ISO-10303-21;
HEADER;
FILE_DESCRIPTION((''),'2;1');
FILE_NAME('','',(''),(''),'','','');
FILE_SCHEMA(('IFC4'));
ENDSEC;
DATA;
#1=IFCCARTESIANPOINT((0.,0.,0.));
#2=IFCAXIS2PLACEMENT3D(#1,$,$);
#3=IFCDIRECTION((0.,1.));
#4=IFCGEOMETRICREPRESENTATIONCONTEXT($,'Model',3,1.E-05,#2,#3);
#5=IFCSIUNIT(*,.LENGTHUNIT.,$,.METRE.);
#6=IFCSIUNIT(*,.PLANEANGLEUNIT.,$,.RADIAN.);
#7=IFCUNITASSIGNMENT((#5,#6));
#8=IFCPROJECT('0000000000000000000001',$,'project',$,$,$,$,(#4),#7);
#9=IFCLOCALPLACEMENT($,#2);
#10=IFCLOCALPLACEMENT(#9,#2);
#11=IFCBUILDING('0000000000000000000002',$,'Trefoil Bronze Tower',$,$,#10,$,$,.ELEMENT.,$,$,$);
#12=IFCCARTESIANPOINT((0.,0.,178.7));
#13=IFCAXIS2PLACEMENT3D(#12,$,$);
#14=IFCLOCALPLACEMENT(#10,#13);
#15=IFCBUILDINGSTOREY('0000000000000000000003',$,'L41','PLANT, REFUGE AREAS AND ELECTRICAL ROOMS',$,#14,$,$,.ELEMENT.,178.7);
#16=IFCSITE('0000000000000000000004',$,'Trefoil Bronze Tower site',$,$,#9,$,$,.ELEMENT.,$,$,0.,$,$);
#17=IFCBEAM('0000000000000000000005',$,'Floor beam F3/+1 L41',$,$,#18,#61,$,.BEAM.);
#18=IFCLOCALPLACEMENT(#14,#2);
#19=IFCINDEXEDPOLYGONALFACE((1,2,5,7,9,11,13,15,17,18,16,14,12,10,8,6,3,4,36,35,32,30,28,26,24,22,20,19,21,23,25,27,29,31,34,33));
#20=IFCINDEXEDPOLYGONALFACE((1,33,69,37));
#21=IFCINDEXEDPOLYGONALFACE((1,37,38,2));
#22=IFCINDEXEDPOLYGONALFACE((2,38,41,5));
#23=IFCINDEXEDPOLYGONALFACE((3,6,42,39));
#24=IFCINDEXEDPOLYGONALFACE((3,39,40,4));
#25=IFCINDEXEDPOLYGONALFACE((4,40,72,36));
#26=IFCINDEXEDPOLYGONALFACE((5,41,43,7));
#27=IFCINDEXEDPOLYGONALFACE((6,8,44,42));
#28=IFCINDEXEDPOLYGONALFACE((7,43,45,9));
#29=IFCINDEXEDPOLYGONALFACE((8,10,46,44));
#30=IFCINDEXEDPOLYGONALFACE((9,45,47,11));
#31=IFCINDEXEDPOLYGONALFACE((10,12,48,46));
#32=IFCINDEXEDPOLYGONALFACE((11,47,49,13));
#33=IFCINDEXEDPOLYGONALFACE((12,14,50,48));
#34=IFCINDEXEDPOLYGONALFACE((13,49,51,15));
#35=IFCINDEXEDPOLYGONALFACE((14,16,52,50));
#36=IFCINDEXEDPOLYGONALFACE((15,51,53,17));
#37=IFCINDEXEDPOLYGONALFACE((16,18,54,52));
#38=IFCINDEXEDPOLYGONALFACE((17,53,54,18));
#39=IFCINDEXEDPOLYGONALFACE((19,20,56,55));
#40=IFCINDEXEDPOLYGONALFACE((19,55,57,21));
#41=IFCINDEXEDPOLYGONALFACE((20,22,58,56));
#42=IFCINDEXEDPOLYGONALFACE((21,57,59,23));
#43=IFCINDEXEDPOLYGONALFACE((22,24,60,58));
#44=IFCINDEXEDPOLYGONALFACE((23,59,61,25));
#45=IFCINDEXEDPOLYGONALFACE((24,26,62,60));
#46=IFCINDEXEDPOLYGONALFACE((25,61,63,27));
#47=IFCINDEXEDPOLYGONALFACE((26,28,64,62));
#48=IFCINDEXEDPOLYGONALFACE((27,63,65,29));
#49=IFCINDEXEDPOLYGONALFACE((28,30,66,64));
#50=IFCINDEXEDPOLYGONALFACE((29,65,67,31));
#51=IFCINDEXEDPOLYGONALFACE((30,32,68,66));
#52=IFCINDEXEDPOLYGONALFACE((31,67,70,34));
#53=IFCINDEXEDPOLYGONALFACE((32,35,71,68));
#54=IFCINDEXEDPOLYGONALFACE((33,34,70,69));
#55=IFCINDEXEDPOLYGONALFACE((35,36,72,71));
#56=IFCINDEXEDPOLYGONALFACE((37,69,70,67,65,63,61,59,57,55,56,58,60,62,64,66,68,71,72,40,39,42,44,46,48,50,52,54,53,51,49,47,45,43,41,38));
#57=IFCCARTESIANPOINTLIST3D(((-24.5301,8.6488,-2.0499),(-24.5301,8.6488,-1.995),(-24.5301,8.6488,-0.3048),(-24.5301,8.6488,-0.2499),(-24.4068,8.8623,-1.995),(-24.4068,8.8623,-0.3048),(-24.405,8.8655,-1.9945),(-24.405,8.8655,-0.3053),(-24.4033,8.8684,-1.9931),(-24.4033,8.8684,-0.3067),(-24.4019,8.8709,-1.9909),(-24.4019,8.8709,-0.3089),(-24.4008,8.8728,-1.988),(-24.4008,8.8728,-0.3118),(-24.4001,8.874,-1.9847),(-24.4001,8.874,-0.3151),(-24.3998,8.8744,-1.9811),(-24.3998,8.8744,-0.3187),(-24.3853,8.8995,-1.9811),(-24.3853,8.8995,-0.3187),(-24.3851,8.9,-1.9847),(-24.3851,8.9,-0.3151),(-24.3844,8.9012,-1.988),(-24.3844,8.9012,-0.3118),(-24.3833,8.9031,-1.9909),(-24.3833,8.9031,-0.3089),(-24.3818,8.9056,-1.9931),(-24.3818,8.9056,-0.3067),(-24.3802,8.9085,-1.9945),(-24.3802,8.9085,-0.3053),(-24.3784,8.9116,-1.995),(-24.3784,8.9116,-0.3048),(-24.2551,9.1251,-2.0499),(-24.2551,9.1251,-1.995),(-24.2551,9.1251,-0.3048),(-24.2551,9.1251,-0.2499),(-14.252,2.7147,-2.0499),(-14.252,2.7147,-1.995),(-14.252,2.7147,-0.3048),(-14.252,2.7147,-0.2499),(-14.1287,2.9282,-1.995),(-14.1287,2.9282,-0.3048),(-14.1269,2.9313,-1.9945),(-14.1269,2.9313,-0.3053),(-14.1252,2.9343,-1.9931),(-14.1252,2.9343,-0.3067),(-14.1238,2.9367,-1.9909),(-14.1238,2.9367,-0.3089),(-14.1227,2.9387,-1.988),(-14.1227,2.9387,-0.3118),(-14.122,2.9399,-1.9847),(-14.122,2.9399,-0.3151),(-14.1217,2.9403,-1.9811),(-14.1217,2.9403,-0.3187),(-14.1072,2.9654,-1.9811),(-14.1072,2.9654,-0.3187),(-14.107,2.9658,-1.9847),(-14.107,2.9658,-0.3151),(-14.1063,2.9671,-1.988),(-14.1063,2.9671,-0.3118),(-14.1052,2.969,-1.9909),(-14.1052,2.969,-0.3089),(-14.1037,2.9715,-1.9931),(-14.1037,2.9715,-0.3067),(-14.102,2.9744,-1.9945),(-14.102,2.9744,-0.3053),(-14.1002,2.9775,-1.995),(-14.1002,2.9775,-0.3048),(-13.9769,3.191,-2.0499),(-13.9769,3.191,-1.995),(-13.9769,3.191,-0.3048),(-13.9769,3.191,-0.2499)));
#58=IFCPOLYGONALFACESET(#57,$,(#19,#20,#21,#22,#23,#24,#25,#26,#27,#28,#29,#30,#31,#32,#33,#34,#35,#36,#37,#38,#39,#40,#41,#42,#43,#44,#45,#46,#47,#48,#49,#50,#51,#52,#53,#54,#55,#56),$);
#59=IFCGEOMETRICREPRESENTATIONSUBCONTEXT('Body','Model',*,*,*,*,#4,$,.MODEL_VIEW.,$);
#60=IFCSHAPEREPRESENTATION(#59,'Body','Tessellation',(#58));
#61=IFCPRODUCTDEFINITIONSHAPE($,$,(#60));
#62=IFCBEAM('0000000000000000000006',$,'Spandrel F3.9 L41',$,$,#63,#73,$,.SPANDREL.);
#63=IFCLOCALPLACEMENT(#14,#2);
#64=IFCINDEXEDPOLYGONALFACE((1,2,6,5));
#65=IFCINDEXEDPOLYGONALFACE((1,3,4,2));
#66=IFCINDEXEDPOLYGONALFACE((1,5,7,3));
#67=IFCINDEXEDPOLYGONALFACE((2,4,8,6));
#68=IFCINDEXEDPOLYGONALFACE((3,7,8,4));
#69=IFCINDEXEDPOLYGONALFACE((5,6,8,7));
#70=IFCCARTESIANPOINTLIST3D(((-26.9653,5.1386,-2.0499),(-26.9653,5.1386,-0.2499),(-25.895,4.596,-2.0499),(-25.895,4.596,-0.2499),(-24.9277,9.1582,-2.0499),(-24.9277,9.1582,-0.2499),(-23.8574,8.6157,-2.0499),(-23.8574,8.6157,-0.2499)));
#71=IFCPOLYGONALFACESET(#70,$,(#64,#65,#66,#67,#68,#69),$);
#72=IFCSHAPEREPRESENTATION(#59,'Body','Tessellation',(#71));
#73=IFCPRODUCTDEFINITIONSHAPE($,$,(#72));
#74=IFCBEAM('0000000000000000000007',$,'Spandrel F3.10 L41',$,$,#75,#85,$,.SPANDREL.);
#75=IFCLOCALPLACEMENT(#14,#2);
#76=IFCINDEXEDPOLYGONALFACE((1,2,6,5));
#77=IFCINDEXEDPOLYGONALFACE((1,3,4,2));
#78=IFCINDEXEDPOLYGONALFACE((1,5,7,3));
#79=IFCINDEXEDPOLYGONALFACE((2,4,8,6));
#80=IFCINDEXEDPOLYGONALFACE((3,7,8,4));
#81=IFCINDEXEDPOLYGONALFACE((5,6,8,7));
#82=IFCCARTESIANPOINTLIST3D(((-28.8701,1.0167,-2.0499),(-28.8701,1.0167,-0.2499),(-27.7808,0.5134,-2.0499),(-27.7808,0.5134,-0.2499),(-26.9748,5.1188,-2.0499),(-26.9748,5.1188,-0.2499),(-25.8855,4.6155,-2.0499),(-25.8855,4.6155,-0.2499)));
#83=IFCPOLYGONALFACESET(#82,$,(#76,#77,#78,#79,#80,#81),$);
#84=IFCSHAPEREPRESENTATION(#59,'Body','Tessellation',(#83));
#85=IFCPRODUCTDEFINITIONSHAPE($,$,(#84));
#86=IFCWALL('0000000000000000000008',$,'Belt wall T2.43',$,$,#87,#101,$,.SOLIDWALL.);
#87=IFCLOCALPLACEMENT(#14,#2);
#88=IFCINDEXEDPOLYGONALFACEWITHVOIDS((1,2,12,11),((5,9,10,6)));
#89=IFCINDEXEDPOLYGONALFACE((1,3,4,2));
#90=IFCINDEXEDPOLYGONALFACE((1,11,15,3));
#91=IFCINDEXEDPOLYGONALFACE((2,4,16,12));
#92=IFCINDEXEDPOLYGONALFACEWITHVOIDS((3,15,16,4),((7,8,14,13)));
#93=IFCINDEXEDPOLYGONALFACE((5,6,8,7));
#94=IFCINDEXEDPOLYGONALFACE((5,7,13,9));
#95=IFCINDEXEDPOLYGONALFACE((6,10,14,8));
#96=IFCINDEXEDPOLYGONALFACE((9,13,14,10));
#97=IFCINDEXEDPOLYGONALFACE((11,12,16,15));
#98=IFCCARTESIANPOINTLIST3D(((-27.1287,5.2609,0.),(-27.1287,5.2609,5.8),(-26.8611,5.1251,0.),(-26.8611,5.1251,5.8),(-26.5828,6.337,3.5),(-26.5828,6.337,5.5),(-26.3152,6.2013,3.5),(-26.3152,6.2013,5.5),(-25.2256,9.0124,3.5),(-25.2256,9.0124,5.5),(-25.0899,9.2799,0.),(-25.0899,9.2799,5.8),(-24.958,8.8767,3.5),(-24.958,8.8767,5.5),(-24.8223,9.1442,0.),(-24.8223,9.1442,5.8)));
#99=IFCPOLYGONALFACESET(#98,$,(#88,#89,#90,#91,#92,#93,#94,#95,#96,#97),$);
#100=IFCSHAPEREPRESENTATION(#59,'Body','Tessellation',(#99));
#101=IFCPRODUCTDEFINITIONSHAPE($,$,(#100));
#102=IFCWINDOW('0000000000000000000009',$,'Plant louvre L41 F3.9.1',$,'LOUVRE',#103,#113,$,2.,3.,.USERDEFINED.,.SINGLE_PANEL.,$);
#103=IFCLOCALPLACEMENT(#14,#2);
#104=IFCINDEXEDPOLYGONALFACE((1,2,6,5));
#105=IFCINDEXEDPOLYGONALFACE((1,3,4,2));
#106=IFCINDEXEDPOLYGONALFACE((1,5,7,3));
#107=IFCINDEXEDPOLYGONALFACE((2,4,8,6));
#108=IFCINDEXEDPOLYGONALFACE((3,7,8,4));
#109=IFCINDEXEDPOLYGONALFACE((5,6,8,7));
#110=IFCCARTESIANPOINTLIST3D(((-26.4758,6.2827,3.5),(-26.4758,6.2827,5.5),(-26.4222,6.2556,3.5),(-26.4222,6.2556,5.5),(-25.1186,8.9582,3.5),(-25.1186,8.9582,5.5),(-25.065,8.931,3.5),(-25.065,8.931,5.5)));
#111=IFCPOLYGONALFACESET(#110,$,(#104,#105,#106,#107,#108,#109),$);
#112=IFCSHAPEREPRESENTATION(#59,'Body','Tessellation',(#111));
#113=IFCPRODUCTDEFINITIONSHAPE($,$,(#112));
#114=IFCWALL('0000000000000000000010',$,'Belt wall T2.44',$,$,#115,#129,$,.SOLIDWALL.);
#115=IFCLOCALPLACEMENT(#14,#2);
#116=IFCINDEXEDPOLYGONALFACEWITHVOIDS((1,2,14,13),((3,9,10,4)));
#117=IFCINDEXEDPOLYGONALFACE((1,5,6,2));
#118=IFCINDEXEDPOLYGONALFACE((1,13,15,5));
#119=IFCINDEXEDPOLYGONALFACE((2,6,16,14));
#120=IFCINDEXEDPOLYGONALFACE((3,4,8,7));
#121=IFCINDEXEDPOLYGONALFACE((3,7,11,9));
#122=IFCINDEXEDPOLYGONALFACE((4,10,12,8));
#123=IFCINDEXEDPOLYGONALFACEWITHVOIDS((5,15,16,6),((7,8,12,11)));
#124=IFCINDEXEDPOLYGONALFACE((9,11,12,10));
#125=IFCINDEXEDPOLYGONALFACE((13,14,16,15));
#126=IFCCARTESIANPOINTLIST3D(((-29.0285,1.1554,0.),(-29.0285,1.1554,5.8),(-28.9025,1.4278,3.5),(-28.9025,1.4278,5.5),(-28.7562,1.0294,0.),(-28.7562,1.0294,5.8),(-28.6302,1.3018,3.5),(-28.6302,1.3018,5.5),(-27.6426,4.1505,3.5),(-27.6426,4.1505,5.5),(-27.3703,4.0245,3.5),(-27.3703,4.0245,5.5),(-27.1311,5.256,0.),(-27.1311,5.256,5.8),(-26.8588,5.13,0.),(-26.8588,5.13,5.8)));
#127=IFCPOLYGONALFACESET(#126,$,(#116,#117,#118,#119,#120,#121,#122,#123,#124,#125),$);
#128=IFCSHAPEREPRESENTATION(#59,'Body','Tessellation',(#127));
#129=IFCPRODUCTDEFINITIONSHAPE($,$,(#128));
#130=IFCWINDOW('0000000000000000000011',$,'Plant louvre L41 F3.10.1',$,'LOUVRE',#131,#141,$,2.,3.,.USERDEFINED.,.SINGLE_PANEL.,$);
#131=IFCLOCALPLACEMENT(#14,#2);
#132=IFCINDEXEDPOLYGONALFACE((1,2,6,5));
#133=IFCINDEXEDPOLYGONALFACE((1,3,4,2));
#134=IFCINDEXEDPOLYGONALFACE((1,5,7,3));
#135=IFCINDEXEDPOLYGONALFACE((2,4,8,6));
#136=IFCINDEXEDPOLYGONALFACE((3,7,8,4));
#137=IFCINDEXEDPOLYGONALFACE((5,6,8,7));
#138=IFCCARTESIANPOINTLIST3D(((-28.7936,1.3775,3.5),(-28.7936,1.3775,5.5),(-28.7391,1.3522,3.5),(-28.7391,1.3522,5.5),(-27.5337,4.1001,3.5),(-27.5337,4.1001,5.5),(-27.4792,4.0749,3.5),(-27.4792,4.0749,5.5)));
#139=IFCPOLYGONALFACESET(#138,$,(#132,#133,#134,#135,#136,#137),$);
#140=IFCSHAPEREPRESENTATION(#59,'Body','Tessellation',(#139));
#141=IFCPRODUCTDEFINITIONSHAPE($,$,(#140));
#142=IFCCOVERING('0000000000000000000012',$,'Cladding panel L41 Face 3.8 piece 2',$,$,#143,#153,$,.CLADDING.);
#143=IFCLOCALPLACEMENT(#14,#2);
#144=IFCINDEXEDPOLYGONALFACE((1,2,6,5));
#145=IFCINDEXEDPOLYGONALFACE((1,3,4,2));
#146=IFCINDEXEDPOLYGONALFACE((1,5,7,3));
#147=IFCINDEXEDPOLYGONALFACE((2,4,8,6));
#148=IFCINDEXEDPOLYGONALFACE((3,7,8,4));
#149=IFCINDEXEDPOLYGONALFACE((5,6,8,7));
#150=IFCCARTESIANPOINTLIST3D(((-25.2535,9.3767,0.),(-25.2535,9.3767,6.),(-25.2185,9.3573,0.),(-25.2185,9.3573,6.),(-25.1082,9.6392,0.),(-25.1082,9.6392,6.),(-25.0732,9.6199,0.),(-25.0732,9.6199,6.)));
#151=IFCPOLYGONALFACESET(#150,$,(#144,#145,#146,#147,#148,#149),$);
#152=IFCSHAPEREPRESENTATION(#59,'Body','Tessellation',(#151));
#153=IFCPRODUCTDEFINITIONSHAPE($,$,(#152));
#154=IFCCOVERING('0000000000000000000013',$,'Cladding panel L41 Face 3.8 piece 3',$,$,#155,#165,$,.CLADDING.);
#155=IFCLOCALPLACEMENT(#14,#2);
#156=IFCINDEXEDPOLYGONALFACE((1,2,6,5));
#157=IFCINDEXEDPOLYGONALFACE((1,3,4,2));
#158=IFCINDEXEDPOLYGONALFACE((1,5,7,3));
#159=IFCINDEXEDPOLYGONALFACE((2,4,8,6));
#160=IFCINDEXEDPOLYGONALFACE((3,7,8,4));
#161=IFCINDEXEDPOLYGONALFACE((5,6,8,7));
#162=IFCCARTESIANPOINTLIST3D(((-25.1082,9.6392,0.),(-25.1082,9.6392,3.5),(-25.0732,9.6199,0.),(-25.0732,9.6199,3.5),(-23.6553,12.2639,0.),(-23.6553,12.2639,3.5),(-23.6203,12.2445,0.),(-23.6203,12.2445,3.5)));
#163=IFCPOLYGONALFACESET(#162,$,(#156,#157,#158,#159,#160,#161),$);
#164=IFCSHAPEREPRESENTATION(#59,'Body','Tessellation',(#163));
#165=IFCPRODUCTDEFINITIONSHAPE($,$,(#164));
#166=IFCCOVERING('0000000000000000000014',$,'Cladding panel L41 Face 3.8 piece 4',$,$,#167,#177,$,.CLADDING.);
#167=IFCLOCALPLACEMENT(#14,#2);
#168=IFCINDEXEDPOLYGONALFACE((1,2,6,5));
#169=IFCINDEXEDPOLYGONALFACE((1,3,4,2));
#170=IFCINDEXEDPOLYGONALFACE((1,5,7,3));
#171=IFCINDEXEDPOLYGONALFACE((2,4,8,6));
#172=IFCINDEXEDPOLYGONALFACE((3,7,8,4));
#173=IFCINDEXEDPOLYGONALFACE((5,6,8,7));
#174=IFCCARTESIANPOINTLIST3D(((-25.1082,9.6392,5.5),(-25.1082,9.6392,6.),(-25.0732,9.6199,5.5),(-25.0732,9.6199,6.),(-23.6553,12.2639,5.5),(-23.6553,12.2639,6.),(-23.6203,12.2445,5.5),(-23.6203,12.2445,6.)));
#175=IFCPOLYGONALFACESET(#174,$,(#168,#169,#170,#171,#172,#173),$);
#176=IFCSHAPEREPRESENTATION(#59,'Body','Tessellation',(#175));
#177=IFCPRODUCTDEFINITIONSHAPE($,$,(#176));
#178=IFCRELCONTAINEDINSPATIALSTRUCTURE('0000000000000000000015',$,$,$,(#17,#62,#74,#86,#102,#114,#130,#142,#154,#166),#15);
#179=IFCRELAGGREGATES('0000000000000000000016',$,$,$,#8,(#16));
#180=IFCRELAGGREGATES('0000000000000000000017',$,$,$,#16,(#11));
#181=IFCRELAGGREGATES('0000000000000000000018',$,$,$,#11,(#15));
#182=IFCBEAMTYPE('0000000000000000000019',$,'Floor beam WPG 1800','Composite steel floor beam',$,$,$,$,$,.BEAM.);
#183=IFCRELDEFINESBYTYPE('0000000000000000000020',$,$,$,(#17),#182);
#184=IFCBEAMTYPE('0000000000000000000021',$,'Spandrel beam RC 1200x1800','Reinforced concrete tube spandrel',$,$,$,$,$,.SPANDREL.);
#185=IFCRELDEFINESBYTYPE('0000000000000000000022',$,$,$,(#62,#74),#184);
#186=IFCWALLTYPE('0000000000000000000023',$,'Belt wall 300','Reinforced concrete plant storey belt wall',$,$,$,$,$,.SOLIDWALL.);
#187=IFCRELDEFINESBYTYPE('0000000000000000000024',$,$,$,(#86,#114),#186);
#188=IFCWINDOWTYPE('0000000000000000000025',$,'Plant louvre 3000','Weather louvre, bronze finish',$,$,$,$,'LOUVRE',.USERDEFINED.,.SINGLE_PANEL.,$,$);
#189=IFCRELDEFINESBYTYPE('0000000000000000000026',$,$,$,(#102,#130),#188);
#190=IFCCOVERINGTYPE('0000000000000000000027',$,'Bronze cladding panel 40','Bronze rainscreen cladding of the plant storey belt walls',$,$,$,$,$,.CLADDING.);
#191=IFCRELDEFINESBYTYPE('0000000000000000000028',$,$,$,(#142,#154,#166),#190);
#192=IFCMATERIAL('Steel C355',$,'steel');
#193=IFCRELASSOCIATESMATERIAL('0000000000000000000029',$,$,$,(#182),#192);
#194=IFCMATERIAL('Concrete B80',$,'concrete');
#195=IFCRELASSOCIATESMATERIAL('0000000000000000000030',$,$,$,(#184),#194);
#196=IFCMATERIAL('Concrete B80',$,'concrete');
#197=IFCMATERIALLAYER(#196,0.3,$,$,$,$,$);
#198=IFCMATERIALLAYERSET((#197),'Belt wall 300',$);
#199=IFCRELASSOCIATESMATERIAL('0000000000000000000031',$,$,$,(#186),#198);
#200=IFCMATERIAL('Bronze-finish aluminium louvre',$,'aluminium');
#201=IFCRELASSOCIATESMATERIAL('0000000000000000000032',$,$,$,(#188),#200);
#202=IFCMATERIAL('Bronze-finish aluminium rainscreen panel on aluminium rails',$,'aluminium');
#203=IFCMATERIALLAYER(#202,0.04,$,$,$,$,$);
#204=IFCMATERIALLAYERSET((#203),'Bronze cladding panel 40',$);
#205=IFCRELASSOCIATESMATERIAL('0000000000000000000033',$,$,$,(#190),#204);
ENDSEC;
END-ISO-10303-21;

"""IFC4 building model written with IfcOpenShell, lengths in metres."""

from ifc_helpers import new_model, si_unit, direction, frame, frame_2d, origin, origin_2d, place, context, subcontext, project, spatial, rectangle, i_section, extrude, material, layer, layer_set, material_profile, profile_set, type_object, element, fill, save


model = new_model("IFC4")

# Units and contexts
model_context = context("Model", 3, precision=1e-05, world=origin(), true_north=direction((0.0, 1.0)))
body_context = subcontext(model_context, "Body", "Model", "MODEL_VIEW")
ifc_project = project(units=[si_unit("LENGTHUNIT", "METRE"), si_unit("PLANEANGLEUNIT", "RADIAN")], contexts=[model_context])

# Site, building, storey
site_placement = place(None, origin())
site = spatial("IfcSite", under=ifc_project, at=site_placement, Name="Trefoil Bronze Tower site", CompositionType="ELEMENT", RefElevation=0.0)
building_placement = place(site_placement, origin())
building = spatial("IfcBuilding", under=site, at=building_placement, Name="Trefoil Bronze Tower", CompositionType="ELEMENT")
storey_placement = place(building_placement, frame((0.0, 0.0, 178.7)))
storey = spatial("IfcBuildingStorey", under=building, at=storey_placement, Name="L41", Description="PLANT, REFUGE AREAS AND ELECTRICAL ROOMS", CompositionType="ELEMENT", Elevation=178.7)

# Beams
ifc_material_1 = material(Name="Steel C355", Category="steel")
ifc_material_profile_1 = material_profile(ifc_material_1, i_section(OverallWidth=0.55, OverallDepth=1.8, WebThickness=0.0291, FlangeThickness=0.0549, FilletRadius=0.0139, at=origin_2d()), Name="WPG 1800")
ifc_profile_set_1 = profile_set([ifc_material_profile_1], Name="Steel C355")
beam_type_1 = type_object("IfcBeamType", Name="Floor beam WPG 1800", Description="Composite steel floor beam", PredefinedType="BEAM", material=ifc_profile_set_1)
beam_1_placement = place(storey_placement, frame((-24.3926, 8.887, -1.1499), z_axis=(0.866024, -0.500002, 0.0), x_axis=(0.500002, 0.866024, 0.0)))
element("IfcBeam", 1, at=beam_1_placement, inside=storey, type_object=beam_type_1, Name="Floor beam F3/+1 L41", PredefinedType="BEAM", context=body_context, shape_type="SweptSolid", body=[
    extrude(i_section(OverallWidth=0.55, OverallDepth=1.8, WebThickness=0.0291, FlangeThickness=0.0549, FilletRadius=0.0139, at=origin_2d()), origin(), (0.0, 0.0, 1.0), 11.8682),
])
ifc_material_2 = material(Name="Concrete B80", Category="concrete")
ifc_material_profile_2 = material_profile(ifc_material_2, rectangle(XDim=1.2, YDim=1.8, at=origin_2d()), Name="RC 1200x1800")
ifc_profile_set_2 = profile_set([ifc_material_profile_2], Name="Concrete B80")
beam_type_2 = type_object("IfcBeamType", Name="Spandrel beam RC 1200x1800", Description="Reinforced concrete tube spandrel", PredefinedType="SPANDREL", material=ifc_profile_set_2)
beam_2_placement = place(storey_placement, frame((-24.3926, 8.887, -1.1499), z_axis=(-0.452126, -0.891954, 0.0), x_axis=(0.891954, -0.452126, 0.0)))
element("IfcBeam", 2, at=beam_2_placement, inside=storey, type_object=beam_type_2, Name="Spandrel F3.9 L41", PredefinedType="SPANDREL", context=body_context, shape_type="SweptSolid", body=[
    extrude(rectangle(XDim=1.2, YDim=1.8, at=origin_2d()), origin(), (0.0, 0.0, 1.0), 4.5066),
])
beam_3_placement = place(storey_placement, frame((-26.4302, 4.8672, -1.1499), z_axis=(-0.419425, -0.90779, 0.0), x_axis=(0.90779, -0.419425, 0.0)))
element("IfcBeam", 3, at=beam_3_placement, inside=storey, type_object=beam_type_2, Name="Spandrel F3.10 L41", PredefinedType="SPANDREL", context=body_context, shape_type="SweptSolid", body=[
    extrude(rectangle(XDim=1.2, YDim=1.8, at=origin_2d()), origin(), (0.0, 0.0, 1.0), 4.5188),
])

# Walls, openings, windows
ifc_material_3 = material(Name="Concrete B80", Category="concrete")
ifc_layer_1 = layer(ifc_material_3, 0.3)
ifc_layer_set_1 = layer_set([ifc_layer_1], Name="Belt wall 300")
wall_type = type_object("IfcWallType", Name="Belt wall 300", Description="Reinforced concrete plant storey belt wall", PredefinedType="SOLIDWALL", material=ifc_layer_set_1)
wall_1_placement = place(storey_placement, frame((-24.9561, 9.2122, 0.0), z_axis=(0.0, 0.0, 1.0), x_axis=(-0.452407, -0.891812, 0.0)))
wall_1 = element("IfcWall", 4, at=wall_1_placement, inside=storey, type_object=wall_type, Name="Belt wall T2.43", PredefinedType="SOLIDWALL", context=body_context, shape_type="SweptSolid", body=[
    extrude(rectangle(XDim=4.5066, YDim=0.3, at=frame_2d((2.2534, 0.0))), origin(), (0.0, 0.0, 1.0), 5.8),
])
opening_1_placement = place(wall_1_placement, frame((0.3, 0.0, 3.5)))
opening_1 = element("IfcOpeningElement", 5, at=opening_1_placement, cuts=wall_1, PredefinedType="OPENING", context=body_context, shape_type="SweptSolid", body=[
    extrude(rectangle(XDim=3.0, YDim=2.0, at=frame_2d((1.5, 1.0))), frame((0.0, 0.1599, 0.0), z_axis=(0.0, -1.0, 0.0), x_axis=(1.0, 0.0, 0.0)), (0.0, 0.0, 1.0), 0.3201),
])
ifc_material_4 = material(Name="Bronze-finish aluminium louvre", Category="aluminium")
window_type = type_object("IfcWindowType", Name="Plant louvre 3000", Description="Weather louvre, bronze finish", ElementType="LOUVRE", PartitioningType="SINGLE_PANEL", PredefinedType="USERDEFINED", material=ifc_material_4)
window_1_placement = place(opening_1_placement, origin())
window_1 = element("IfcWindow", 6, at=window_1_placement, inside=storey, type_object=window_type, Name="Plant louvre L41 F3.9.1", ObjectType="LOUVRE", OverallHeight=2.0, OverallWidth=3.0, PartitioningType="SINGLE_PANEL", PredefinedType="USERDEFINED", context=body_context, shape_type="SweptSolid", body=[
    extrude(rectangle(XDim=3.0, YDim=2.0, at=frame_2d((1.5, 1.0))), frame((0.0, 0.03, 0.0), z_axis=(0.0, -1.0, 0.0), x_axis=(1.0, 0.0, 0.0)), (0.0, 0.0, 1.0), 0.0601),
])
fill(opening_1, window_1)
wall_2_placement = place(storey_placement, frame((-26.9949, 5.1931, 0.0), z_axis=(0.0, 0.0, 1.0), x_axis=(-0.419949, -0.907548, 0.0)))
wall_2 = element("IfcWall", 7, at=wall_2_placement, inside=storey, type_object=wall_type, Name="Belt wall T2.44", PredefinedType="SOLIDWALL", context=body_context, shape_type="SweptSolid", body=[
    extrude(rectangle(XDim=4.5183, YDim=0.3, at=frame_2d((2.2593, 0.0))), origin(), (0.0, 0.0, 1.0), 5.8),
])
opening_2_placement = place(wall_2_placement, frame((1.2183, 0.0, 3.5)))
opening_2 = element("IfcOpeningElement", 8, at=opening_2_placement, cuts=wall_2, PredefinedType="OPENING", context=body_context, shape_type="SweptSolid", body=[
    extrude(rectangle(XDim=3.0, YDim=2.0, at=frame_2d((1.5, 1.0))), frame((0.0, 0.1599, 0.0), z_axis=(0.0, -1.0, 0.0), x_axis=(1.0, 0.0, 0.0)), (0.0, 0.0, 1.0), 0.3201),
])
window_2_placement = place(opening_2_placement, origin())
window_2 = element("IfcWindow", 9, at=window_2_placement, inside=storey, type_object=window_type, Name="Plant louvre L41 F3.10.1", ObjectType="LOUVRE", OverallHeight=2.0, OverallWidth=3.0, PartitioningType="SINGLE_PANEL", PredefinedType="USERDEFINED", context=body_context, shape_type="SweptSolid", body=[
    extrude(rectangle(XDim=3.0, YDim=2.0, at=frame_2d((1.5, 1.0))), frame((0.0, 0.03, 0.0), z_axis=(0.0, -1.0, 0.0), x_axis=(1.0, 0.0, 0.0)), (0.0, 0.0, 1.0), 0.0601),
])
fill(opening_2, window_2)

# Coverings
ifc_material_5 = material(Name="Bronze-finish aluminium rainscreen panel on aluminium rails", Category="aluminium")
ifc_layer_2 = layer(ifc_material_5, 0.04)
ifc_layer_set_2 = layer_set([ifc_layer_2], Name="Bronze cladding panel 40")
covering_type_1 = type_object("IfcCoveringType", Name="Bronze cladding panel 40", Description="Bronze rainscreen cladding of the plant storey belt walls", PredefinedType="CLADDING", material=ifc_layer_set_2)
covering_1_placement = place(storey_placement, frame((-25.1633, 9.4983, 0.0), z_axis=(0.0, 0.0, 1.0), x_axis=(-0.484312, -0.874895, 0.0)))
element("IfcCovering", 10, at=covering_1_placement, inside=storey, type_object=covering_type_1, Name="Cladding panel L41 Face 3.8 piece 2", PredefinedType="CLADDING", context=body_context, shape_type="SweptSolid", body=[
    extrude(rectangle(XDim=0.3, YDim=0.04, at=origin_2d()), origin(), (0.0, 0.0, 1.0), 6.0),
])
covering_2_placement = place(storey_placement, frame((-24.3643, 10.9419, 0.0), z_axis=(0.0, 0.0, 1.0), x_axis=(-0.484312, -0.874895, 0.0)))
element("IfcCovering", 11, at=covering_2_placement, inside=storey, type_object=covering_type_1, Name="Cladding panel L41 Face 3.8 piece 3", PredefinedType="CLADDING", context=body_context, shape_type="SweptSolid", body=[
    extrude(rectangle(XDim=3.0, YDim=0.04, at=origin_2d()), origin(), (0.0, 0.0, 1.0), 3.5),
])
covering_3_placement = place(storey_placement, frame((-24.3643, 10.9419, 5.5), z_axis=(0.0, 0.0, 1.0), x_axis=(-0.484312, -0.874895, 0.0)))
element("IfcCovering", 12, at=covering_3_placement, inside=storey, type_object=covering_type_1, Name="Cladding panel L41 Face 3.8 piece 4", PredefinedType="CLADDING", context=body_context, shape_type="SweptSolid", body=[
    extrude(rectangle(XDim=3.0, YDim=0.04, at=origin_2d()), origin(), (0.0, 0.0, 1.0), 0.5),
])

save(model, "model.ifc")
